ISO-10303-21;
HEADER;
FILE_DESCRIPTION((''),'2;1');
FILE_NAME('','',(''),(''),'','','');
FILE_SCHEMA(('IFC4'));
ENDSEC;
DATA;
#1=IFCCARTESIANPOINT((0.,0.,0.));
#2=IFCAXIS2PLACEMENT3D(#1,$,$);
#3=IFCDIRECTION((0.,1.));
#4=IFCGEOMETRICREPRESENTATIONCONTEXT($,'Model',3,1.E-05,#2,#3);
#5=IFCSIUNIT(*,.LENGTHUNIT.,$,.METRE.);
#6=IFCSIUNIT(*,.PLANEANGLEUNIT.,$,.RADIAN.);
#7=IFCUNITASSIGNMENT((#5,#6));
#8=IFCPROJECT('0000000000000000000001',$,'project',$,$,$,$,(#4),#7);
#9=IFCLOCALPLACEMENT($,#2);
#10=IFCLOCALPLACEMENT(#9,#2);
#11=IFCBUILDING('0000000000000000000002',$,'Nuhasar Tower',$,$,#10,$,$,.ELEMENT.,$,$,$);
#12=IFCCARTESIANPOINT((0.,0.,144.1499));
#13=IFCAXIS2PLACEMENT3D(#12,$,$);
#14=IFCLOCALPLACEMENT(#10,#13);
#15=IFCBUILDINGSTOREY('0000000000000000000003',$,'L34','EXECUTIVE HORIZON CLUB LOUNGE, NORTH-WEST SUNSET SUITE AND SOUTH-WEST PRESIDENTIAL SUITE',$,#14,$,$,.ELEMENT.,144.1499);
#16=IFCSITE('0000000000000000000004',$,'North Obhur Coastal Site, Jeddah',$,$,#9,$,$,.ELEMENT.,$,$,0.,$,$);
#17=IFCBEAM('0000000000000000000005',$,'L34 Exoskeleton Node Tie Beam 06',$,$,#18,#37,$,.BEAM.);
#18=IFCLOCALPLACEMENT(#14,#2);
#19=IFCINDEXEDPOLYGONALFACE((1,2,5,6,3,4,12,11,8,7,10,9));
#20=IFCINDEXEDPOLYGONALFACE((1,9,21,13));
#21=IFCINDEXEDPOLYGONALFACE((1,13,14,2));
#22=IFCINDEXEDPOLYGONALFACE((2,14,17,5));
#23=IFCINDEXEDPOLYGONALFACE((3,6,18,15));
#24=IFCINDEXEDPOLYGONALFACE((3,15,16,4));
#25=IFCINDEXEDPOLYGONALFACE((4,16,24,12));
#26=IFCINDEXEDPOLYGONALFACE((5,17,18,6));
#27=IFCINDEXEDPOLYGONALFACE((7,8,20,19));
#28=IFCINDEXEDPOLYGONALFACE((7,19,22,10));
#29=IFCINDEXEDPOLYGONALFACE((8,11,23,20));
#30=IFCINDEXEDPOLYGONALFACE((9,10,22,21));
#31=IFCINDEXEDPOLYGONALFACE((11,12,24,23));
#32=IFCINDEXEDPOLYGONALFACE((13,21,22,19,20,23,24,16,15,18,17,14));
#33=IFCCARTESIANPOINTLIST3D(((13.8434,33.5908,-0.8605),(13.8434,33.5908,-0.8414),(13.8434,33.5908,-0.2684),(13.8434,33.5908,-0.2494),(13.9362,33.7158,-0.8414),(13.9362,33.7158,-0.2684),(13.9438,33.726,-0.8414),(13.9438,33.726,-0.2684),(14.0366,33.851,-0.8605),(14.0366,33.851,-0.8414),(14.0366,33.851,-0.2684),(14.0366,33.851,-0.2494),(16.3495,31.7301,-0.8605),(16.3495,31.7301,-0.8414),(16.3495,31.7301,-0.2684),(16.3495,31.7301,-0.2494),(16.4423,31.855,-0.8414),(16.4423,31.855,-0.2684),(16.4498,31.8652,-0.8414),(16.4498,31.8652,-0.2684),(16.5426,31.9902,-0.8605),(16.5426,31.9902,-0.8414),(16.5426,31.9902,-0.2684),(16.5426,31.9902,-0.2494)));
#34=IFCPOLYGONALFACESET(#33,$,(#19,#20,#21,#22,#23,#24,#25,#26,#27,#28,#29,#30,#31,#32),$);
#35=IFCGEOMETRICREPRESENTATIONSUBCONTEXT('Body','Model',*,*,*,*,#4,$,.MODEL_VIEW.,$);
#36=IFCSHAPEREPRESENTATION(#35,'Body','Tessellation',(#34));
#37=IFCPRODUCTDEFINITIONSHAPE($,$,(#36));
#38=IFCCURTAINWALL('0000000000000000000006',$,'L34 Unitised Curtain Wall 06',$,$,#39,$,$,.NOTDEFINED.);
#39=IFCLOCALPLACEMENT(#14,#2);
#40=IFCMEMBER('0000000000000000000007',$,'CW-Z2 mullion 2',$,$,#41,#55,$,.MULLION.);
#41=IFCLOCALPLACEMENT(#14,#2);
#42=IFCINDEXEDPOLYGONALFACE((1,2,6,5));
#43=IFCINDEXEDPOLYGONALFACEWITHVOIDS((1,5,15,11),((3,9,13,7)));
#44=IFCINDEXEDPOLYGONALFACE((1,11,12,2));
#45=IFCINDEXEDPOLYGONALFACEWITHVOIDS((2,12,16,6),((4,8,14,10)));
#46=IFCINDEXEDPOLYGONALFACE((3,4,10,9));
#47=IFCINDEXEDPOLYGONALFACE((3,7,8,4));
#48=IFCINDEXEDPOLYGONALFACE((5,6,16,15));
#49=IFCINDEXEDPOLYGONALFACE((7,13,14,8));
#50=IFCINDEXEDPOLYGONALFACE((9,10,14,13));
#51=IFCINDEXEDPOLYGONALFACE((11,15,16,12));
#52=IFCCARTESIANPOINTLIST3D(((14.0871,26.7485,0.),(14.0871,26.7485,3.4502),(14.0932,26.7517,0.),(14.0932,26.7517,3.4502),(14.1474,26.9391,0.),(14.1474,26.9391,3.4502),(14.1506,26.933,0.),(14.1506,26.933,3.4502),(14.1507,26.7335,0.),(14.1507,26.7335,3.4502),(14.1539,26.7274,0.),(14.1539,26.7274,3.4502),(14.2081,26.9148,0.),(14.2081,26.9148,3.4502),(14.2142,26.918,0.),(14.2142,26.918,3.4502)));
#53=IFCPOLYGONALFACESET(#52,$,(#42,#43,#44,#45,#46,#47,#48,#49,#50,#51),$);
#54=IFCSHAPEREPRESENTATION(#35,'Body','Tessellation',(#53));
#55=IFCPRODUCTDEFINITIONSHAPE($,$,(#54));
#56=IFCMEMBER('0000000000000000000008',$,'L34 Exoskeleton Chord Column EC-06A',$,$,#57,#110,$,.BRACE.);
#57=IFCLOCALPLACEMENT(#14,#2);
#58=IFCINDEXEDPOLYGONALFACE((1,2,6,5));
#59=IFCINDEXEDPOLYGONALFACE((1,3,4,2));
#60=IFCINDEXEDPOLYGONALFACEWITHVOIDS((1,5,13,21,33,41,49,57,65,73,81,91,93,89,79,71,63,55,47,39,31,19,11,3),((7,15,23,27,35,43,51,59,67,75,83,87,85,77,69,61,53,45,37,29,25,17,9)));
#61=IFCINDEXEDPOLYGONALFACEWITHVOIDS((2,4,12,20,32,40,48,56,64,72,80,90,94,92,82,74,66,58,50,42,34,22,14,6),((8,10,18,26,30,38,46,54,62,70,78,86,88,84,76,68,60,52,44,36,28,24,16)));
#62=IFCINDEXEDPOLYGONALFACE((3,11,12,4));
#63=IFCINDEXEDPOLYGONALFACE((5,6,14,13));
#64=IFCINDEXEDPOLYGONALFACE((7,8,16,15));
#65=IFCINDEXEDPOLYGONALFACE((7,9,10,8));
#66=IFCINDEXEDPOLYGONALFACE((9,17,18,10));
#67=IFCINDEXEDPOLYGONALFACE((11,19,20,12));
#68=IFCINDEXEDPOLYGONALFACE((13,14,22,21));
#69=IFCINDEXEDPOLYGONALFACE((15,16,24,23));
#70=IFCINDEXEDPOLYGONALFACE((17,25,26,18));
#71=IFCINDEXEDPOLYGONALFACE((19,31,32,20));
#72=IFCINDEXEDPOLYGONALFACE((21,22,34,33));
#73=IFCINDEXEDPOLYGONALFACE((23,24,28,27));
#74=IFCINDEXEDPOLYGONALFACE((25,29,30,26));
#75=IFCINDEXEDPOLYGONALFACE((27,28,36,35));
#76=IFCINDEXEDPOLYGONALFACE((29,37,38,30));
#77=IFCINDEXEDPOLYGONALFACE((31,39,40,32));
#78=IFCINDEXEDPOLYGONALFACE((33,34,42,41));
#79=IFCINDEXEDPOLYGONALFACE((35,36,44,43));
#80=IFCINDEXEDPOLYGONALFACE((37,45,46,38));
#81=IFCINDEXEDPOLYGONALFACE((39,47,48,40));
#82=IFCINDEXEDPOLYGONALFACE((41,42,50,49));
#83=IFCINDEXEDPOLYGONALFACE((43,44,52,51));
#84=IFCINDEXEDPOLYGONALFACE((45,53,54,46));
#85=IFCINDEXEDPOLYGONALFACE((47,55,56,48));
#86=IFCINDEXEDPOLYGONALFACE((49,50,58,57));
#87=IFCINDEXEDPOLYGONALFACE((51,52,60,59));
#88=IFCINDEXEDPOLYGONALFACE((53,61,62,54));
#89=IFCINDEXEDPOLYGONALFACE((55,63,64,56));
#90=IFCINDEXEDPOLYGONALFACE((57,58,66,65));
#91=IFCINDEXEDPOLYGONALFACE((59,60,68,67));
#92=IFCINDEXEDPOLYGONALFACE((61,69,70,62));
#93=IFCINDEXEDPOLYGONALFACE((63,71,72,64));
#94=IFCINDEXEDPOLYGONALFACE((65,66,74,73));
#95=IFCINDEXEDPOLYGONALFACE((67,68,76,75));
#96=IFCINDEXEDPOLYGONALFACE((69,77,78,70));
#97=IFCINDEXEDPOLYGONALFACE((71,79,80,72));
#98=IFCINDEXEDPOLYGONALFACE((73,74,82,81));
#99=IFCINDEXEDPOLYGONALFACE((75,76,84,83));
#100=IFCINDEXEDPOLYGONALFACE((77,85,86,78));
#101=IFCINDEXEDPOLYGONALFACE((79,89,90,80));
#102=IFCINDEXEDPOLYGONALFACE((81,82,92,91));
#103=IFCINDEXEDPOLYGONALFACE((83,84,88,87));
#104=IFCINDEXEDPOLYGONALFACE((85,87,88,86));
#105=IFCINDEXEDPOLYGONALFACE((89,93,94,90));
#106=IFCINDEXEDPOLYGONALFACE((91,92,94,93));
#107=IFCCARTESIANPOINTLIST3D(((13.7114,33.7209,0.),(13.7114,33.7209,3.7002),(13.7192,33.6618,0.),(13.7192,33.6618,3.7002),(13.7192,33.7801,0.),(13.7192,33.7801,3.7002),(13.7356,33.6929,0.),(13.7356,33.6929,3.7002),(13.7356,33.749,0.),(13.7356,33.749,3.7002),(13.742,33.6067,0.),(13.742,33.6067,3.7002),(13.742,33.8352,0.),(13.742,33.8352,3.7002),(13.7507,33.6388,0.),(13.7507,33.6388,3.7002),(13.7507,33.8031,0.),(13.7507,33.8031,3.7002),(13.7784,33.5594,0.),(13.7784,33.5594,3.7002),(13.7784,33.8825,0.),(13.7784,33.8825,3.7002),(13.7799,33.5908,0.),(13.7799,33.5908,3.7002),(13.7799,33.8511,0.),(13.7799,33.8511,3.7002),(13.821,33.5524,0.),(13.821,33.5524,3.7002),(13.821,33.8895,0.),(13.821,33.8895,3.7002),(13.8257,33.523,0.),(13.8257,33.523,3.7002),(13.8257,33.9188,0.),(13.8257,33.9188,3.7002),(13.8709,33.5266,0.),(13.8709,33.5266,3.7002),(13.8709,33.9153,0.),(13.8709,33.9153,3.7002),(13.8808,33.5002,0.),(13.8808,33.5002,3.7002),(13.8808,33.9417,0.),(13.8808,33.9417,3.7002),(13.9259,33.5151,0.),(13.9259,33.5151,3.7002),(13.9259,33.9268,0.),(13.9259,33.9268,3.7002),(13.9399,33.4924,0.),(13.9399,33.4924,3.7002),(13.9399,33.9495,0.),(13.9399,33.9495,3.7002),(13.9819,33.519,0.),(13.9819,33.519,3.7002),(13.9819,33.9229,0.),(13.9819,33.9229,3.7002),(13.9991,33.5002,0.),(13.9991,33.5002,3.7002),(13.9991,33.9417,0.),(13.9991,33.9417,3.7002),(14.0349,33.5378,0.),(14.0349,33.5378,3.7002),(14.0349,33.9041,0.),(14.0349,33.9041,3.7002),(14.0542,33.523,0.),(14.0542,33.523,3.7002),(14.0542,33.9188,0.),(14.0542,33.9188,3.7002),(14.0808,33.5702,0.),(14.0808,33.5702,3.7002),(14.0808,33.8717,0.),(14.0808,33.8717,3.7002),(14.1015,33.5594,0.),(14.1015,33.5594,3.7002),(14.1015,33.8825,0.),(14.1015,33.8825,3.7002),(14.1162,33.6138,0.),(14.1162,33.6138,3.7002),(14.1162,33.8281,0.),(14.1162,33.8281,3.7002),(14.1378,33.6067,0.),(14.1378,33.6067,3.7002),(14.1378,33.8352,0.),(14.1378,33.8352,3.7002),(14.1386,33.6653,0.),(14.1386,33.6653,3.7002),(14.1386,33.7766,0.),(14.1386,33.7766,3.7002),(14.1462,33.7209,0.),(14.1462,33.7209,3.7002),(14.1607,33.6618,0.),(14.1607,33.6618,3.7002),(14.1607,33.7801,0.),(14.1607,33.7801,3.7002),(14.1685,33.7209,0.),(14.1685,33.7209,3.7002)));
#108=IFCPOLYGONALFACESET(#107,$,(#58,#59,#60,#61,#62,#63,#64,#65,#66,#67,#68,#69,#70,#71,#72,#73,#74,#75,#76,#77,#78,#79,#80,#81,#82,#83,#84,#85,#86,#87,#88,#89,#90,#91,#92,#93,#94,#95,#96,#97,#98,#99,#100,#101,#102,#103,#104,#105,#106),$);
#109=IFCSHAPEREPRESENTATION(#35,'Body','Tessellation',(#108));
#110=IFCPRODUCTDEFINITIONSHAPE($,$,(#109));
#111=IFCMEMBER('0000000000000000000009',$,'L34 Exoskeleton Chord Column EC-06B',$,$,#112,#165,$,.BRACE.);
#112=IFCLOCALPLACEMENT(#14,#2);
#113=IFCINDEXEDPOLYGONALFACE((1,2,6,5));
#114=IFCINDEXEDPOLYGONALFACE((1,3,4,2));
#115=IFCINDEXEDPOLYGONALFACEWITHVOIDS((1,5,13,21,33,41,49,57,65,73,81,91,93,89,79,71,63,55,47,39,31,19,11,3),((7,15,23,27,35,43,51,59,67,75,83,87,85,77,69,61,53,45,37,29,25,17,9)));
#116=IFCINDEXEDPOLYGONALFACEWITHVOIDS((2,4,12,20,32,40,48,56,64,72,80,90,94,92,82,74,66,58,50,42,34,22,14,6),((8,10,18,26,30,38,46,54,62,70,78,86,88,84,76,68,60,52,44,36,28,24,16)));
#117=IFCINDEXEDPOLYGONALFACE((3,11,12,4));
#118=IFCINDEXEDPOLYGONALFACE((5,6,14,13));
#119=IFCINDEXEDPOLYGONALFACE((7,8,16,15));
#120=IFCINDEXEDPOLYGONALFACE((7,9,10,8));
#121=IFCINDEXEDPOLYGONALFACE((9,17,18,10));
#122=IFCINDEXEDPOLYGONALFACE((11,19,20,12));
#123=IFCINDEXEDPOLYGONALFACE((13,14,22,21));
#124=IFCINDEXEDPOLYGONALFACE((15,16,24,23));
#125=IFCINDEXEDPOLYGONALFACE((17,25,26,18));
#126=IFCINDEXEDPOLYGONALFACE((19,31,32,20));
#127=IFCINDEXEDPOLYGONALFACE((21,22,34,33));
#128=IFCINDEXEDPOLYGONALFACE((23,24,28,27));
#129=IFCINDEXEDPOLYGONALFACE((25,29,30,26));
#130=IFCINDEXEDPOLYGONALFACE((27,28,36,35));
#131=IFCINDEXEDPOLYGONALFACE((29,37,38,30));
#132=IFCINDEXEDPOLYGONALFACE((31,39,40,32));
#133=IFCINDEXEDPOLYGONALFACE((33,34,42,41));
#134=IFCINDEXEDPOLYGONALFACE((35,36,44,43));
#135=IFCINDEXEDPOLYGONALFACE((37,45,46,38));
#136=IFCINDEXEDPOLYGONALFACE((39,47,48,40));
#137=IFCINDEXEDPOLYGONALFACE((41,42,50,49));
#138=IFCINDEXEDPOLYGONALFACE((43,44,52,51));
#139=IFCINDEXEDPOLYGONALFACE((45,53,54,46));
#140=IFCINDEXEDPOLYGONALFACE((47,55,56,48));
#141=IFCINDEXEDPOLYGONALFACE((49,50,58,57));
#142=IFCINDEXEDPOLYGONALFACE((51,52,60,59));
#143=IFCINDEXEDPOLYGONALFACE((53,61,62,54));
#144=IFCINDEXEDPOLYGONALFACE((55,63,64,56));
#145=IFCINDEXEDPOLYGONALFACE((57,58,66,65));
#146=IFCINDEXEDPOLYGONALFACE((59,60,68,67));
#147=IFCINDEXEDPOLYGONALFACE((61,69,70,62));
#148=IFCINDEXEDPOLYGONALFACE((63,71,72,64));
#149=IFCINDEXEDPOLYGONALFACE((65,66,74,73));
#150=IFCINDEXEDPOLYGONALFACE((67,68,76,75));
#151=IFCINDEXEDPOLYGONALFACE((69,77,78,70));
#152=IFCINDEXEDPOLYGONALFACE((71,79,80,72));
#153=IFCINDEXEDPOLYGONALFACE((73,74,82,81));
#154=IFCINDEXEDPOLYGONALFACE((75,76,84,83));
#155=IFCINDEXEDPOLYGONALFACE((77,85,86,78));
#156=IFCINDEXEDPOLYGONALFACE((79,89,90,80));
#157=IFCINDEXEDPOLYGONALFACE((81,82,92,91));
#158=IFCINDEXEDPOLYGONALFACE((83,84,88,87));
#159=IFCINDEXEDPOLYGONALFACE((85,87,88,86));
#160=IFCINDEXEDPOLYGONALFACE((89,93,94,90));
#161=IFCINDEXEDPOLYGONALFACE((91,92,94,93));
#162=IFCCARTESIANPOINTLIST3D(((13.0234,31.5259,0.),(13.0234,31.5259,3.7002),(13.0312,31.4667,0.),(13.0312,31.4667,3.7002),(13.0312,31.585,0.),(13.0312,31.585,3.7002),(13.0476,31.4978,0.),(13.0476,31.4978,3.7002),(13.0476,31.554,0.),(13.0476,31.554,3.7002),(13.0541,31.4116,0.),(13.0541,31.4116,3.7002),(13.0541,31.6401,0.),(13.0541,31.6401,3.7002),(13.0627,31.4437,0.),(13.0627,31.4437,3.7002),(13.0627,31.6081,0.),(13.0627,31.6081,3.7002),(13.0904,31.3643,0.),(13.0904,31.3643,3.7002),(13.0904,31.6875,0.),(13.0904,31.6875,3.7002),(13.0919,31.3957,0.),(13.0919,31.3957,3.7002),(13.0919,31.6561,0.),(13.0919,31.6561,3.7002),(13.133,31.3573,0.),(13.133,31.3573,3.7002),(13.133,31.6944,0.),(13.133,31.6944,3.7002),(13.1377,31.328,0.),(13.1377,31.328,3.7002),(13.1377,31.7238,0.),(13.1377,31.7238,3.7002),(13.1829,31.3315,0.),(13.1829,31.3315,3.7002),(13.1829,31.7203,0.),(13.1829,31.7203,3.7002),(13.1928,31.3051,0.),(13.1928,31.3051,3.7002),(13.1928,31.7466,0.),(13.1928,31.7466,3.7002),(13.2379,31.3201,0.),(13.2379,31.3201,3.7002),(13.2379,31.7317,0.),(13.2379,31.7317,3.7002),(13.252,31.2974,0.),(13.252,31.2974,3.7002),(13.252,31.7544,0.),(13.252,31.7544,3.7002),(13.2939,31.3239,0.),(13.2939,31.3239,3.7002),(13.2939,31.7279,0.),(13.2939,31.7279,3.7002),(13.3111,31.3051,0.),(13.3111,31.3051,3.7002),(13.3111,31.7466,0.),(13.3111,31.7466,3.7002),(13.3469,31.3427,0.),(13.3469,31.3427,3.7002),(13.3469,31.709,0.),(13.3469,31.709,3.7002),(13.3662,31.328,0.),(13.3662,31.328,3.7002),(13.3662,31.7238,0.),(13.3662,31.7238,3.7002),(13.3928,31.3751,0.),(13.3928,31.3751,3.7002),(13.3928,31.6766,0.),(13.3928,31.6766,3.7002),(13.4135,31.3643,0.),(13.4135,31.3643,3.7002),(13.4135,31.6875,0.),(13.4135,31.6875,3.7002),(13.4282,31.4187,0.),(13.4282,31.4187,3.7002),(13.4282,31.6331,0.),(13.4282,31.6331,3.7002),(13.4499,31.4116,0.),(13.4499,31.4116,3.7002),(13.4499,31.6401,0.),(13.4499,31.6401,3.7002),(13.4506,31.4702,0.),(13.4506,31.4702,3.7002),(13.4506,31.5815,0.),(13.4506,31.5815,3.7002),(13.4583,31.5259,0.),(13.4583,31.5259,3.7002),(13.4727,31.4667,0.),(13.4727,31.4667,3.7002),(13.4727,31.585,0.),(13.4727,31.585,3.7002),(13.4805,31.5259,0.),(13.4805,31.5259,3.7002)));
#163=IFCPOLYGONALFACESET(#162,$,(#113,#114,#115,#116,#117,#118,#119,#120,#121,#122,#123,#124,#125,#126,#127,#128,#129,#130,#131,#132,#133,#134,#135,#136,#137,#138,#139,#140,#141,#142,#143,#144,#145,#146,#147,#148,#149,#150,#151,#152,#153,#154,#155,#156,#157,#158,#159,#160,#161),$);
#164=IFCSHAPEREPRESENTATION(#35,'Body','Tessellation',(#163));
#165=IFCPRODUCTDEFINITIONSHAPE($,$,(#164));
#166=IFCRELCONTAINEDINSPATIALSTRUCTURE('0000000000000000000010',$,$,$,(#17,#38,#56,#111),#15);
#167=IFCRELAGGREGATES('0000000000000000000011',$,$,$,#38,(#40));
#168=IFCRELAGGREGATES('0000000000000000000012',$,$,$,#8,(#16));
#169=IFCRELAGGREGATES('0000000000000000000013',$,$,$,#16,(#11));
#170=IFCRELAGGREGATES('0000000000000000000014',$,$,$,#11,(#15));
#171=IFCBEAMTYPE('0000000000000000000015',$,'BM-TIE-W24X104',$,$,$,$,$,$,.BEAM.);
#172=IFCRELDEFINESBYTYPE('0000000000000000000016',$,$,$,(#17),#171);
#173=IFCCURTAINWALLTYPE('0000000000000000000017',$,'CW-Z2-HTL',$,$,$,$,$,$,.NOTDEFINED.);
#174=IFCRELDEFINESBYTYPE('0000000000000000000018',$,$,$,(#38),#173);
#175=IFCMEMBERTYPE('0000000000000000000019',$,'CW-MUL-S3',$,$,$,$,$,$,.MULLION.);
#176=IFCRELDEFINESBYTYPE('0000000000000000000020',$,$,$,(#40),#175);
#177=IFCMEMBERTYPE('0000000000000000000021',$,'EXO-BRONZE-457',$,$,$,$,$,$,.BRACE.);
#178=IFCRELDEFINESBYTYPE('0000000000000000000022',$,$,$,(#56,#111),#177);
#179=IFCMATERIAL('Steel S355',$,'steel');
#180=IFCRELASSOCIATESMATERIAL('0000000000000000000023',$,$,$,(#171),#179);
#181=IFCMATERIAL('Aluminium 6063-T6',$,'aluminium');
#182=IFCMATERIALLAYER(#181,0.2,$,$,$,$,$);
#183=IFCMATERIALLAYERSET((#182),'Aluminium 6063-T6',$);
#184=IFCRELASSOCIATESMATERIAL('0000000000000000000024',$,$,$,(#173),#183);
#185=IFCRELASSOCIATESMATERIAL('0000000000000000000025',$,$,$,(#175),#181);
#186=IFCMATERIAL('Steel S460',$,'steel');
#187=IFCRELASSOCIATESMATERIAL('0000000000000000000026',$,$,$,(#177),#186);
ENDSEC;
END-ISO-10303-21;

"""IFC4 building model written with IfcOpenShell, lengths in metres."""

from ifc_helpers import new_model, si_unit, direction, frame, origin, origin_2d, place, context, subcontext, project, spatial, hollow_rectangle, hollow_circle, i_section, extrude, material, layer, layer_set, material_profile, profile_set, type_object, element, aggregate, save


model = new_model("IFC4")

# Units and contexts
model_context = context("Model", 3, precision=1e-05, world=origin(), true_north=direction((0.0, 1.0)))
body_context = subcontext(model_context, "Body", "Model", "MODEL_VIEW")
ifc_project = project(units=[si_unit("LENGTHUNIT", "METRE"), si_unit("PLANEANGLEUNIT", "RADIAN")], contexts=[model_context])

# Site, building, storey
site_placement = place(None, origin())
site = spatial("IfcSite", under=ifc_project, at=site_placement, Name="North Obhur Coastal Site, Jeddah", CompositionType="ELEMENT", RefElevation=0.0)
building_placement = place(site_placement, origin())
building = spatial("IfcBuilding", under=site, at=building_placement, Name="Nuhasar Tower", CompositionType="ELEMENT")
storey_placement = place(building_placement, frame((0.0, 0.0, 144.1499)))
storey = spatial("IfcBuildingStorey", under=building, at=storey_placement, Name="L34", Description="EXECUTIVE HORIZON CLUB LOUNGE, NORTH-WEST SUNSET SUITE AND SOUTH-WEST PRESIDENTIAL SUITE", CompositionType="ELEMENT", Elevation=144.1499)

# Beam
ifc_material_1 = material(Name="Steel S355", Category="steel")
ifc_material_profile_1 = material_profile(ifc_material_1, i_section(OverallWidth=0.324, OverallDepth=0.6111, WebThickness=0.0127, FlangeThickness=0.019, at=origin_2d()), Name="W24X104")
ifc_profile_set_1 = profile_set([ifc_material_profile_1], Name="Steel S355")
beam_type_1 = type_object("IfcBeamType", Name="BM-TIE-W24X104", PredefinedType="BEAM", material=ifc_profile_set_1)
beam_1_placement = place(storey_placement, frame((16.446, 31.8601, -0.5549), z_axis=(-0.802872, 0.596151, 0.0), x_axis=(-0.596151, -0.802872, 0.0)))
element("IfcBeam", 1, at=beam_1_placement, inside=storey, type_object=beam_type_1, Name="L34 Exoskeleton Node Tie Beam 06", PredefinedType="BEAM", context=body_context, shape_type="SweptSolid", body=[
    extrude(i_section(OverallWidth=0.324, OverallDepth=0.6111, WebThickness=0.0127, FlangeThickness=0.019, at=origin_2d()), origin(), (0.0, 0.0, 1.0), 3.1213),
])

# Curtain wall, member
ifc_material_2 = material(Name="Aluminium 6063-T6", Category="aluminium")
ifc_layer_1 = layer(ifc_material_2, 0.2)
ifc_layer_set_1 = layer_set([ifc_layer_1], Name="Aluminium 6063-T6")
curtain_wall_type = type_object("IfcCurtainWallType", Name="CW-Z2-HTL", PredefinedType="NOTDEFINED", material=ifc_layer_set_1)
curtain_wall_placement = place(storey_placement, origin())
curtain_wall = element("IfcCurtainWall", 2, at=curtain_wall_placement, inside=storey, type_object=curtain_wall_type, Name="L34 Unitised Curtain Wall 06", PredefinedType="NOTDEFINED")
ifc_material_profile_2 = material_profile(ifc_material_2, hollow_rectangle(XDim=0.0701, YDim=0.2, WallThickness=0.0049, at=origin_2d()), Name="CWM-3")
ifc_profile_set_2 = profile_set([ifc_material_profile_2], Name="Aluminium 6063-T6")
member_type_1 = type_object("IfcMemberType", Name="CW-MUL-S3", PredefinedType="MULLION", material=ifc_profile_set_2)
member_placement = place(storey_placement, frame((14.1506, 26.8333, 0.0), z_axis=(0.0, 0.0, 1.0), x_axis=(0.953433, -0.301604, 0.0)))
member = element("IfcMember", 3, at=member_placement, type_object=member_type_1, Name="CW-Z2 mullion 2", PredefinedType="MULLION", context=body_context, shape_type="SweptSolid", body=[
    extrude(hollow_rectangle(XDim=0.0701, YDim=0.2, WallThickness=0.0049, at=origin_2d()), origin(), (0.0, 0.0, 1.0), 3.4502),
])

# Members
ifc_material_3 = material(Name="Steel S460", Category="steel")
ifc_material_profile_3 = material_profile(ifc_material_3, hollow_circle(Radius=0.2285, WallThickness=0.0222, at=origin_2d()), Name="HSS457X22.2")
ifc_profile_set_3 = profile_set([ifc_material_profile_3], Name="Steel S460")
member_type_2 = type_object("IfcMemberType", Name="EXO-BRONZE-457", PredefinedType="BRACE", material=ifc_profile_set_3)
for number, where, z_axis, x_axis, name in (
    (4, (13.9399, 33.7209, 0.0), (0.0, 0.0, 1.0), (1.0, 0.0, 0.0), "L34 Exoskeleton Chord Column EC-06A"),
    (5, (13.252, 31.5259, 0.0), (0.0, 0.0, 1.0), (1.0, 0.0, 0.0), "L34 Exoskeleton Chord Column EC-06B"),
):
    element("IfcMember", number, at=place(storey_placement, frame(where, z_axis=z_axis, x_axis=x_axis)), inside=storey, type_object=member_type_2, Name=name, PredefinedType="BRACE", context=body_context, shape_type="SweptSolid", body=[
        extrude(hollow_circle(Radius=0.2285, WallThickness=0.0222, at=origin_2d()), origin(), (0.0, 0.0, 1.0), 3.7002),
    ])

aggregate(curtain_wall, [member])

save(model, "model.ifc")
